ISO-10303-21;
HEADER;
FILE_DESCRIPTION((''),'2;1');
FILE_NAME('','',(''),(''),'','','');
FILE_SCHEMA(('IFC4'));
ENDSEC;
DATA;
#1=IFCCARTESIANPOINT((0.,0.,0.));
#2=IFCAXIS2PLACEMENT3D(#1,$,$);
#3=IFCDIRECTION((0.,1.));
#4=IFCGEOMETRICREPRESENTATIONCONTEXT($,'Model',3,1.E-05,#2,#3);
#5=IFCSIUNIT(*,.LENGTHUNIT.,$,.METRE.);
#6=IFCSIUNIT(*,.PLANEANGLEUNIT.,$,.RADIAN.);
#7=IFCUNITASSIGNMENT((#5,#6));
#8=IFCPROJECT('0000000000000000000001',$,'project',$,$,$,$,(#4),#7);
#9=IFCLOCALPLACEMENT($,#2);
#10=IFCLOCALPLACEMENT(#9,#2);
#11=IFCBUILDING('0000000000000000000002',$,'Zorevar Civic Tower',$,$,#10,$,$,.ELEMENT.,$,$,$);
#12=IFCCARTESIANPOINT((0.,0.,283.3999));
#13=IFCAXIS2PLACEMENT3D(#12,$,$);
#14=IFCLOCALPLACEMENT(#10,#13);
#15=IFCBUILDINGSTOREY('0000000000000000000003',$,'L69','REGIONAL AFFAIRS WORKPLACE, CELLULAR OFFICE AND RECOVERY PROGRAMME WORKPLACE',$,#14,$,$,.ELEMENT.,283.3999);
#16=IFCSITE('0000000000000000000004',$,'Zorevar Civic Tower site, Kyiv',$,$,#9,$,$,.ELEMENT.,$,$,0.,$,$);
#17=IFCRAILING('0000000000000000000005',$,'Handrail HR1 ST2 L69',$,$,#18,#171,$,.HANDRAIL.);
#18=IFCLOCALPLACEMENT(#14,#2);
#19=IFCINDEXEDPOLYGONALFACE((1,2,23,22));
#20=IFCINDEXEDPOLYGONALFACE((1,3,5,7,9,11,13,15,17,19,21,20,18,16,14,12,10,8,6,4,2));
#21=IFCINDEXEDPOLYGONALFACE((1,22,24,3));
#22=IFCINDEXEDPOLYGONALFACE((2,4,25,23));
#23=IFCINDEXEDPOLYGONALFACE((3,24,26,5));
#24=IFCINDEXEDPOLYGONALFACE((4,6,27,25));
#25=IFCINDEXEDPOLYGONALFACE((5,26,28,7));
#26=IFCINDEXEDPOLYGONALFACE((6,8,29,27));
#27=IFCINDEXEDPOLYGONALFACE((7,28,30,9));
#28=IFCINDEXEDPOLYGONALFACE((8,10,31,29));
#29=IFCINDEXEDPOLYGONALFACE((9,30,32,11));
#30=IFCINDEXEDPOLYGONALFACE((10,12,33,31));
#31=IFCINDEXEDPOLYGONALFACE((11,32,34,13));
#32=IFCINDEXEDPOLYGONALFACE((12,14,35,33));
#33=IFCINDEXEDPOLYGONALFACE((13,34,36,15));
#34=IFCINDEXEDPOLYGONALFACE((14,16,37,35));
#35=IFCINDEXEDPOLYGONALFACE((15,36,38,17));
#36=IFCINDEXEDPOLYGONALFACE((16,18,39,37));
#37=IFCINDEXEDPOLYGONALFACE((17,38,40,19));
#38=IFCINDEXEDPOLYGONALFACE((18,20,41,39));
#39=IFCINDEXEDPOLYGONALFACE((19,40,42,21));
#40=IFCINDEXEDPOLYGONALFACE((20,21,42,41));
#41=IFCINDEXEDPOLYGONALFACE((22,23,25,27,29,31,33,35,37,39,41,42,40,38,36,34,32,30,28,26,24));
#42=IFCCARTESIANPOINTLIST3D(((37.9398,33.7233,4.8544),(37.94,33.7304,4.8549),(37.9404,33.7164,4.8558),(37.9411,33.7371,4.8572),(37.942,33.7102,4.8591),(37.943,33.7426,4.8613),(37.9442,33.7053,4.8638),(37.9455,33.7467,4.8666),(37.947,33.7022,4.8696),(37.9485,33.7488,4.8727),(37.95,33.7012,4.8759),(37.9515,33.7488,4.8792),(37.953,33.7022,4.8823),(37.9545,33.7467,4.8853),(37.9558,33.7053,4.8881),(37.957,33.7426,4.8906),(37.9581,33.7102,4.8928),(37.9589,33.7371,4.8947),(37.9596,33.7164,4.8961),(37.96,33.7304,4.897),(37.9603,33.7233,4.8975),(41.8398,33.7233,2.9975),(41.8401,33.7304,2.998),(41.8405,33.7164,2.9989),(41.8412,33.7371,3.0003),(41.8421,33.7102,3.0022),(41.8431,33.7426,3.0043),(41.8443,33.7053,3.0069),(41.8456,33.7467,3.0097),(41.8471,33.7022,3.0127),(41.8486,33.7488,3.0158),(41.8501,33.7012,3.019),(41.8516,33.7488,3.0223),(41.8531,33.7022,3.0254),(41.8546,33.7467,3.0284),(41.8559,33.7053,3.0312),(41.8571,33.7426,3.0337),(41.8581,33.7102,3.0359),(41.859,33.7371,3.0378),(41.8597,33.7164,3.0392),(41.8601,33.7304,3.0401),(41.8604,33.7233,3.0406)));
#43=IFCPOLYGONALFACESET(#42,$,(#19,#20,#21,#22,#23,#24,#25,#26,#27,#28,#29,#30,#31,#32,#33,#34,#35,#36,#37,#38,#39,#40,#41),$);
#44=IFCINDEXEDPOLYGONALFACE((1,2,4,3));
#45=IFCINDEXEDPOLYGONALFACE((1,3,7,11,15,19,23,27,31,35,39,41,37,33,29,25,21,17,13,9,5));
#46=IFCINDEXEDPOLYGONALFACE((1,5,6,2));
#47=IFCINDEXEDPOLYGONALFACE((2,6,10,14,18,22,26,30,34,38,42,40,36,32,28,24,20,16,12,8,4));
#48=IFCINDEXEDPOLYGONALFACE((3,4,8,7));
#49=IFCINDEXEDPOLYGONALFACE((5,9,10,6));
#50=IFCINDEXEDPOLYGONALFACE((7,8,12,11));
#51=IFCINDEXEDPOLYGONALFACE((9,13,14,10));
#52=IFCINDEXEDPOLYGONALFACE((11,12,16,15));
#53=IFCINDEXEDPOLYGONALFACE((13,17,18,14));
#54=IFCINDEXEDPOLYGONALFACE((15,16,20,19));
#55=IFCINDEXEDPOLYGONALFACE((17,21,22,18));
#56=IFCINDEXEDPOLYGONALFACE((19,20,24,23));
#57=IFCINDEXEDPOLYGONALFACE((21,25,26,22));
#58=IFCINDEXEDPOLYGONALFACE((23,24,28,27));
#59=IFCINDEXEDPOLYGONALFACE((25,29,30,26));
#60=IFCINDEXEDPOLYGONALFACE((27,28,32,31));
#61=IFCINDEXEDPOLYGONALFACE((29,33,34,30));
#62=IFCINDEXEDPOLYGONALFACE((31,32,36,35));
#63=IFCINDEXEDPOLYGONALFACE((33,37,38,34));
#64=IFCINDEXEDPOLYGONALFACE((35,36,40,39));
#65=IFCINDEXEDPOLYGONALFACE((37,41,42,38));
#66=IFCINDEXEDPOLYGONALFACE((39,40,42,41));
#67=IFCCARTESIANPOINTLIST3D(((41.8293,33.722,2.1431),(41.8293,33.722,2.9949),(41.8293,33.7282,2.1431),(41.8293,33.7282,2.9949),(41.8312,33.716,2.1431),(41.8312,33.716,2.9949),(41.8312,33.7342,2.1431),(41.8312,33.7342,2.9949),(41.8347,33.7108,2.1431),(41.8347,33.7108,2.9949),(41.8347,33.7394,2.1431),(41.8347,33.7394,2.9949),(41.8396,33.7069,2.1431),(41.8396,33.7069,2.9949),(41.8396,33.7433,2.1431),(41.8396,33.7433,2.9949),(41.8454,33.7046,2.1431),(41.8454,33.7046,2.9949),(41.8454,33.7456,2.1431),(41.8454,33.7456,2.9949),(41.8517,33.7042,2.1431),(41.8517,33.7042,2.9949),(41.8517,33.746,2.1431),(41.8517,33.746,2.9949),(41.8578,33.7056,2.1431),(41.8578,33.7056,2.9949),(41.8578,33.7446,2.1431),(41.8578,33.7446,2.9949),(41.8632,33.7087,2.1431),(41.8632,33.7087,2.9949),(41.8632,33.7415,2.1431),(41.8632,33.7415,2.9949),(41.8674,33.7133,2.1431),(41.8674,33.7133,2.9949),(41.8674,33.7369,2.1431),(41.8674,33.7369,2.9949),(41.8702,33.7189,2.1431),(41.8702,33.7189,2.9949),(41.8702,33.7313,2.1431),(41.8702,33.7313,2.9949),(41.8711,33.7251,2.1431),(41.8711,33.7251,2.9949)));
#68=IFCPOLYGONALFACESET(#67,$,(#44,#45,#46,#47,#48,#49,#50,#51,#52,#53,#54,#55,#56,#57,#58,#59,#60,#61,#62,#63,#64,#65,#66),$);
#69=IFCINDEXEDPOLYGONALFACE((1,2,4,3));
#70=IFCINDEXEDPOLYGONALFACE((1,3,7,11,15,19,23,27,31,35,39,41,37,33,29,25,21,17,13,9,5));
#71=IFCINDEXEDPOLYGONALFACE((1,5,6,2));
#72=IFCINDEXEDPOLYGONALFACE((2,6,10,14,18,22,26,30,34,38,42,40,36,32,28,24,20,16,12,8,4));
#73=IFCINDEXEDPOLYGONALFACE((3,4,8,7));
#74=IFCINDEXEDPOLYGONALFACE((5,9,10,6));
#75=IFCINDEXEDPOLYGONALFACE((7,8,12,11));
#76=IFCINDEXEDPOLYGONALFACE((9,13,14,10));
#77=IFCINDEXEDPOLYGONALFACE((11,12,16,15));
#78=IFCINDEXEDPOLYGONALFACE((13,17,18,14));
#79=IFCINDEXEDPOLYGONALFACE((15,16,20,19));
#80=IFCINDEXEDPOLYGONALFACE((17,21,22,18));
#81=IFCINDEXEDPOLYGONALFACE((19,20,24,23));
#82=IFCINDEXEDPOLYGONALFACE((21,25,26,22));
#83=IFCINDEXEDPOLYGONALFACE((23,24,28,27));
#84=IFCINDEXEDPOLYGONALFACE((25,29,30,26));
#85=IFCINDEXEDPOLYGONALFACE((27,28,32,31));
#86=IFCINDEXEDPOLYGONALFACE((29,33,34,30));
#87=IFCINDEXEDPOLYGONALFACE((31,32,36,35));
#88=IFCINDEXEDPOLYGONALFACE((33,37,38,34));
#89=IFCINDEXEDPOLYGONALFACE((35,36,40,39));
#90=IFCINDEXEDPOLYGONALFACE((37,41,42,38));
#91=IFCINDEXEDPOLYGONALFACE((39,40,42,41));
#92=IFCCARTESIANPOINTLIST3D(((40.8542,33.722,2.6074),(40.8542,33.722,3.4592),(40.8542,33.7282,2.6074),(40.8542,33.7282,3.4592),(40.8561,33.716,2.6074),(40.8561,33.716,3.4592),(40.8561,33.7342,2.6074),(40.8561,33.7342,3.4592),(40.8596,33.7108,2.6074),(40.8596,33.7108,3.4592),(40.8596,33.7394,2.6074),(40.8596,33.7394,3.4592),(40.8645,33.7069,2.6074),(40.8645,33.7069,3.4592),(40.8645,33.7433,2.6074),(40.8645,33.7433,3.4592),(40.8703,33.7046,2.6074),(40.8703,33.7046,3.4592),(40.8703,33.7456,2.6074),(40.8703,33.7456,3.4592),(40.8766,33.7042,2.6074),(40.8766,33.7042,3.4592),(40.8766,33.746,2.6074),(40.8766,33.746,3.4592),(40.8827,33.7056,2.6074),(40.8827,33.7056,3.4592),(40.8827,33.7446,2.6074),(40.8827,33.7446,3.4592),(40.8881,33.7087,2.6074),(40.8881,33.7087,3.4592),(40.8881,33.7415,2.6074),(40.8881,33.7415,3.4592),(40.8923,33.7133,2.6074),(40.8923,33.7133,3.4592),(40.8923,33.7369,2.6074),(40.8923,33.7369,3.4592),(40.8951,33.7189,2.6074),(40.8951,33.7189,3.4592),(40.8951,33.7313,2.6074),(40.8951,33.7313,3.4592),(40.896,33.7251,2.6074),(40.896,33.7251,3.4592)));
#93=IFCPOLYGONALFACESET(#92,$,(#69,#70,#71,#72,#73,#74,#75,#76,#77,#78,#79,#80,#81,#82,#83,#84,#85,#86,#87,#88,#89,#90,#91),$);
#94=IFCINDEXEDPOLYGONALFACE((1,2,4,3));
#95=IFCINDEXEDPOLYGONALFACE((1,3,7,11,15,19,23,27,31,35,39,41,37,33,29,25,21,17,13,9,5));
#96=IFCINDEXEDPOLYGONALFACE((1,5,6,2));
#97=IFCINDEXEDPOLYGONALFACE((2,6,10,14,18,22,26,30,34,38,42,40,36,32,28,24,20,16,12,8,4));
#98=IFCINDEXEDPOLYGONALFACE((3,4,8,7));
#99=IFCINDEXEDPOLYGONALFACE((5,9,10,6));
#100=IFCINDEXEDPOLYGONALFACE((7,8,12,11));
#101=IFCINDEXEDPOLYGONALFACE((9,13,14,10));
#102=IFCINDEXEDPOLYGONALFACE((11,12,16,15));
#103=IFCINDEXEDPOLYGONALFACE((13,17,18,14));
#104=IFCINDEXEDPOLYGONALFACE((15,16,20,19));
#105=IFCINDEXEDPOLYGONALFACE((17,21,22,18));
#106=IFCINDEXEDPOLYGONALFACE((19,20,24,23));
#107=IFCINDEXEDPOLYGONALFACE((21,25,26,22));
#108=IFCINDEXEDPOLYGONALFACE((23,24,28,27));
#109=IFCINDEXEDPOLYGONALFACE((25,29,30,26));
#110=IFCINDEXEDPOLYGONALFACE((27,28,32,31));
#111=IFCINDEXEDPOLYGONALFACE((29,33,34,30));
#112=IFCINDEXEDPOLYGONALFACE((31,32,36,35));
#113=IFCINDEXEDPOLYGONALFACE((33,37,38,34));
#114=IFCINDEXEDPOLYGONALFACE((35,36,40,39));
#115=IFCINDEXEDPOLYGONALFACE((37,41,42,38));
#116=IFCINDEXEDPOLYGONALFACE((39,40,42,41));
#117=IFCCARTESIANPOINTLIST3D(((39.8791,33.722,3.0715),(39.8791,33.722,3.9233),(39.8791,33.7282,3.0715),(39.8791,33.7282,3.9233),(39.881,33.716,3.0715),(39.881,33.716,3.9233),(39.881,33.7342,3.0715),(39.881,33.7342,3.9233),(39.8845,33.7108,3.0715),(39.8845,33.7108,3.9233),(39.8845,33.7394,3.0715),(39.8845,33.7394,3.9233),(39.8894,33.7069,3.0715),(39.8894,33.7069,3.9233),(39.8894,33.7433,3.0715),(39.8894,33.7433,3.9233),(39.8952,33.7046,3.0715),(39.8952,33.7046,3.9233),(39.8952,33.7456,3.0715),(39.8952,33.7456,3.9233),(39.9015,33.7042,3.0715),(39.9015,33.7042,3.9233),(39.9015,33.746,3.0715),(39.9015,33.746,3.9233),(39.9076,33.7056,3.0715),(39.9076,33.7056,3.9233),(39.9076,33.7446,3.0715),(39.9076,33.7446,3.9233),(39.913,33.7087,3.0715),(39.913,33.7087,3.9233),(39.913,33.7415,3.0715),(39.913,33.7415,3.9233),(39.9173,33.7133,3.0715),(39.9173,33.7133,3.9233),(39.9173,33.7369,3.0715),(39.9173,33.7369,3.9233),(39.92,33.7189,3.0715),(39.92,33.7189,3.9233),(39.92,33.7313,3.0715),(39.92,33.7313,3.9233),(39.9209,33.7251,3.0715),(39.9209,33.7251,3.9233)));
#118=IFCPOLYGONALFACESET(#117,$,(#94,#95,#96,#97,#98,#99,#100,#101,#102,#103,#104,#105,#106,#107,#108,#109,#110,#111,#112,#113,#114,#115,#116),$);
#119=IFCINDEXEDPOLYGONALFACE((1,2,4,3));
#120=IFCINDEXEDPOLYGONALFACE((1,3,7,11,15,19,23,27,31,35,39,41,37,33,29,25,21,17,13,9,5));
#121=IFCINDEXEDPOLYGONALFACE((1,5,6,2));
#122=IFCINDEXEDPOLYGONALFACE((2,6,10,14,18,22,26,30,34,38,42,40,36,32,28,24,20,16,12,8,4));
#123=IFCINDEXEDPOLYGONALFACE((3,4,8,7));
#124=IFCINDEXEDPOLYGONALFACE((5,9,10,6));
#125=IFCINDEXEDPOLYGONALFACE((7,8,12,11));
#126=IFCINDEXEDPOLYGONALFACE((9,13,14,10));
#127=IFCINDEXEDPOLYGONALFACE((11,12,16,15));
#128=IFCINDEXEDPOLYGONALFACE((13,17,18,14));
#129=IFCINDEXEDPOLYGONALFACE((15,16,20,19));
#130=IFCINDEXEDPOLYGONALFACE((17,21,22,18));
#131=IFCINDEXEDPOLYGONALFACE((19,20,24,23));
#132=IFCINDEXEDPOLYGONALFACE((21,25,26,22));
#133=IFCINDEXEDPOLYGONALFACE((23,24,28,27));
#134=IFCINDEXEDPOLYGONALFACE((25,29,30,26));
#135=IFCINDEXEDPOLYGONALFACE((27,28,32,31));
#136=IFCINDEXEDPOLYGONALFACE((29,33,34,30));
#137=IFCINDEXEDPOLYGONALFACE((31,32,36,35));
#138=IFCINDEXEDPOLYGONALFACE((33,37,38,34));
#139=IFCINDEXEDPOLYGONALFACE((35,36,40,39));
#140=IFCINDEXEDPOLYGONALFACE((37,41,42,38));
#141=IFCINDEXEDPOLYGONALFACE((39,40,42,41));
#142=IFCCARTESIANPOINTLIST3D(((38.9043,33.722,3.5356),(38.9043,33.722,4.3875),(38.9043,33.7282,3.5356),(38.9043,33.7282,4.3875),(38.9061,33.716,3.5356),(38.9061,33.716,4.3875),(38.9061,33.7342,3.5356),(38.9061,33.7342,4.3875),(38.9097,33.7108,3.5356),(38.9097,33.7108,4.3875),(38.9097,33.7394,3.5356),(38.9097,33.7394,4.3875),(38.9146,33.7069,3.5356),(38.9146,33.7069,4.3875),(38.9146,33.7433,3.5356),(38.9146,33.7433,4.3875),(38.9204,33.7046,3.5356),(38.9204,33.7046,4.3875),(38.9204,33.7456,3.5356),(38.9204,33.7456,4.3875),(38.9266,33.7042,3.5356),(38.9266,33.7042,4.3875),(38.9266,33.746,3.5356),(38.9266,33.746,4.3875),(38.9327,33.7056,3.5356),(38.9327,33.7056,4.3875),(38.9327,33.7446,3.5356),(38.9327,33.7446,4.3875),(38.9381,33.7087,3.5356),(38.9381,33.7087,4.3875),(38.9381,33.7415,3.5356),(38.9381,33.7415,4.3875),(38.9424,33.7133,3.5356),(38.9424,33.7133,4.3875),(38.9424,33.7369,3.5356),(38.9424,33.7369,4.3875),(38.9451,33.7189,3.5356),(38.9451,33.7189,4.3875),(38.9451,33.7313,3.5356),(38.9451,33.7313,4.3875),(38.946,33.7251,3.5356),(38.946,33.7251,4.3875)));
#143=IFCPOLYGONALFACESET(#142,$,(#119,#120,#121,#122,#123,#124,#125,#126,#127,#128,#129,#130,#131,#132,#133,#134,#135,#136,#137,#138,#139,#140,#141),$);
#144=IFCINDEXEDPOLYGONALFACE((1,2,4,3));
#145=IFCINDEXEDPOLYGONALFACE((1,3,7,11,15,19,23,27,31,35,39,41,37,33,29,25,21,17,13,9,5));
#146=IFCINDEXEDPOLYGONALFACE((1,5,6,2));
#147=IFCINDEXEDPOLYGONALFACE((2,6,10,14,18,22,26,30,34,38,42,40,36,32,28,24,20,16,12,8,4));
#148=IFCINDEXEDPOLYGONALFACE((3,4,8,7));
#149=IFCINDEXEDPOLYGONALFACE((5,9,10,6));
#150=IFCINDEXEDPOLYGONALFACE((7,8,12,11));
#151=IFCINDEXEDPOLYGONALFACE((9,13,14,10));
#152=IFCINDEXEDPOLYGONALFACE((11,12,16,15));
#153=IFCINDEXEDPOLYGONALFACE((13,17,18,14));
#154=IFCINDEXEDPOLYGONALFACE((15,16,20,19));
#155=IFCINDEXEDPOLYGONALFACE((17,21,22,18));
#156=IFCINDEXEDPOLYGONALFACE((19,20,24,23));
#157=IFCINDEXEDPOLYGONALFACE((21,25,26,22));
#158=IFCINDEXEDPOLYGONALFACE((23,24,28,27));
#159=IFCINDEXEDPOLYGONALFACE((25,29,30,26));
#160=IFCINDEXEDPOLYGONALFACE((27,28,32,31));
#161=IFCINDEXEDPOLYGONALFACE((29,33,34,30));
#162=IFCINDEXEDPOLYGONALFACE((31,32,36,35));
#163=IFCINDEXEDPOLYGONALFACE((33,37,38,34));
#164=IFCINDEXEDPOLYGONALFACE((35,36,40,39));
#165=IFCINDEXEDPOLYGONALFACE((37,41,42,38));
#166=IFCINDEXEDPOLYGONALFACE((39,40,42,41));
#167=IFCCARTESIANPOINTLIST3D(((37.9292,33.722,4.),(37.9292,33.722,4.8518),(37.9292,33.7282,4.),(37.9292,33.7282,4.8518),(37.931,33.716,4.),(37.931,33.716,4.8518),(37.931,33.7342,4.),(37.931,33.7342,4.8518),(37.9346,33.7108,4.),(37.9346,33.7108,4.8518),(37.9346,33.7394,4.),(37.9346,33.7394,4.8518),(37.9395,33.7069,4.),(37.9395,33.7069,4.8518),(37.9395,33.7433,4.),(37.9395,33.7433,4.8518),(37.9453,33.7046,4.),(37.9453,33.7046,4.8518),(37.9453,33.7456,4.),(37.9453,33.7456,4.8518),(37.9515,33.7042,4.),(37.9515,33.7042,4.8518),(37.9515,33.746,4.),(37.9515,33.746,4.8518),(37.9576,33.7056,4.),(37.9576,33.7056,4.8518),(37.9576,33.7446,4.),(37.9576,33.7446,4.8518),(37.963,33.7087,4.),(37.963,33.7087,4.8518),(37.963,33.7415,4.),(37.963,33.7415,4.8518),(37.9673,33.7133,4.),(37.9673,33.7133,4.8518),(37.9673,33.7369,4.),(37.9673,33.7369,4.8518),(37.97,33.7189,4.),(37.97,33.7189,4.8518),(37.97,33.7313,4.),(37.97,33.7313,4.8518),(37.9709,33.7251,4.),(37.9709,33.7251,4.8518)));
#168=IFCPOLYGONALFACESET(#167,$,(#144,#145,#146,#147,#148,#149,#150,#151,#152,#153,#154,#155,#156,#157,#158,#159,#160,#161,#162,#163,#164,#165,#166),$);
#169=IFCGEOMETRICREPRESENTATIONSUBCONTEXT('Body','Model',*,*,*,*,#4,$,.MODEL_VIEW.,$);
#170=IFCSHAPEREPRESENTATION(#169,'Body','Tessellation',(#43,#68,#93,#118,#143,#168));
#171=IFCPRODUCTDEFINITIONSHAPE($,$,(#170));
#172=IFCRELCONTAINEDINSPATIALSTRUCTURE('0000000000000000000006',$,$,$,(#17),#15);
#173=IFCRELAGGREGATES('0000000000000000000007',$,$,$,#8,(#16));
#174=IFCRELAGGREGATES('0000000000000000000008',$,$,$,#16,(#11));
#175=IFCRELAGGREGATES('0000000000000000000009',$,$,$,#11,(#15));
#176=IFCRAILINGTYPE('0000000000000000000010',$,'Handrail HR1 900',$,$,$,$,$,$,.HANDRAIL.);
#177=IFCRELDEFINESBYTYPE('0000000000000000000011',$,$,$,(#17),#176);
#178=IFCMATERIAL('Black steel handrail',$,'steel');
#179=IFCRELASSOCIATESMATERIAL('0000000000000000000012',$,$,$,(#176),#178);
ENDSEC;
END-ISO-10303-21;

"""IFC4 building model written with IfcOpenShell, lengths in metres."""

from ifc_helpers import new_model, si_unit, direction, frame, origin, origin_2d, place, context, subcontext, project, spatial, circle, extrude, material, type_object, element, save


model = new_model("IFC4")

# Units and contexts
model_context = context("Model", 3, precision=1e-05, world=origin(), true_north=direction((0.0, 1.0)))
body_context = subcontext(model_context, "Body", "Model", "MODEL_VIEW")
ifc_project = project(units=[si_unit("LENGTHUNIT", "METRE"), si_unit("PLANEANGLEUNIT", "RADIAN")], contexts=[model_context])

# Site, building, storey
site_placement = place(None, origin())
site = spatial("IfcSite", under=ifc_project, at=site_placement, Name="Zorevar Civic Tower site, Kyiv", CompositionType="ELEMENT", RefElevation=0.0)
building_placement = place(site_placement, origin())
building = spatial("IfcBuilding", under=site, at=building_placement, Name="Zorevar Civic Tower", CompositionType="ELEMENT")
storey_placement = place(building_placement, frame((0.0, 0.0, 283.3999)))
storey = spatial("IfcBuildingStorey", under=building, at=storey_placement, Name="L69", Description="REGIONAL AFFAIRS WORKPLACE, CELLULAR OFFICE AND RECOVERY PROGRAMME WORKPLACE", CompositionType="ELEMENT", Elevation=283.3999)

# Railing
ifc_material_1 = material(Name="Black steel handrail", Category="steel")
railing_type = type_object("IfcRailingType", Name="Handrail HR1 900", PredefinedType="HANDRAIL", material=ifc_material_1)
railing_1_placement = place(storey_placement, frame((41.8501, 33.7251, 2.1431)))
element("IfcRailing", 1, at=railing_1_placement, inside=storey, type_object=railing_type, Name="Handrail HR1 ST2 L69", PredefinedType="HANDRAIL", context=body_context, shape_type="SweptSolid", body=[
    extrude(circle(Radius=0.0239, at=origin_2d()), frame((0.0, 0.0, 0.876), z_axis=(-0.902886, 0.0, 0.429881), x_axis=(0.0, -1.0, 0.0)), (0.0, 0.0, 1.0), 4.3196),
    extrude(circle(Radius=0.021, at=origin_2d()), origin(), (0.0, 0.0, 1.0), 0.8518),
    extrude(circle(Radius=0.021, at=origin_2d()), frame((-0.9751, 0.0, 0.4644)), (0.0, 0.0, 1.0), 0.8518),
    extrude(circle(Radius=0.021, at=origin_2d()), frame((-1.9502, 0.0, 0.9285)), (0.0, 0.0, 1.0), 0.8518),
    extrude(circle(Radius=0.021, at=origin_2d()), frame((-2.925, 0.0, 1.3926)), (0.0, 0.0, 1.0), 0.8518),
    extrude(circle(Radius=0.021, at=origin_2d()), frame((-3.9001, 0.0, 1.8569)), (0.0, 0.0, 1.0), 0.8518),
])

save(model, "model.ifc")
